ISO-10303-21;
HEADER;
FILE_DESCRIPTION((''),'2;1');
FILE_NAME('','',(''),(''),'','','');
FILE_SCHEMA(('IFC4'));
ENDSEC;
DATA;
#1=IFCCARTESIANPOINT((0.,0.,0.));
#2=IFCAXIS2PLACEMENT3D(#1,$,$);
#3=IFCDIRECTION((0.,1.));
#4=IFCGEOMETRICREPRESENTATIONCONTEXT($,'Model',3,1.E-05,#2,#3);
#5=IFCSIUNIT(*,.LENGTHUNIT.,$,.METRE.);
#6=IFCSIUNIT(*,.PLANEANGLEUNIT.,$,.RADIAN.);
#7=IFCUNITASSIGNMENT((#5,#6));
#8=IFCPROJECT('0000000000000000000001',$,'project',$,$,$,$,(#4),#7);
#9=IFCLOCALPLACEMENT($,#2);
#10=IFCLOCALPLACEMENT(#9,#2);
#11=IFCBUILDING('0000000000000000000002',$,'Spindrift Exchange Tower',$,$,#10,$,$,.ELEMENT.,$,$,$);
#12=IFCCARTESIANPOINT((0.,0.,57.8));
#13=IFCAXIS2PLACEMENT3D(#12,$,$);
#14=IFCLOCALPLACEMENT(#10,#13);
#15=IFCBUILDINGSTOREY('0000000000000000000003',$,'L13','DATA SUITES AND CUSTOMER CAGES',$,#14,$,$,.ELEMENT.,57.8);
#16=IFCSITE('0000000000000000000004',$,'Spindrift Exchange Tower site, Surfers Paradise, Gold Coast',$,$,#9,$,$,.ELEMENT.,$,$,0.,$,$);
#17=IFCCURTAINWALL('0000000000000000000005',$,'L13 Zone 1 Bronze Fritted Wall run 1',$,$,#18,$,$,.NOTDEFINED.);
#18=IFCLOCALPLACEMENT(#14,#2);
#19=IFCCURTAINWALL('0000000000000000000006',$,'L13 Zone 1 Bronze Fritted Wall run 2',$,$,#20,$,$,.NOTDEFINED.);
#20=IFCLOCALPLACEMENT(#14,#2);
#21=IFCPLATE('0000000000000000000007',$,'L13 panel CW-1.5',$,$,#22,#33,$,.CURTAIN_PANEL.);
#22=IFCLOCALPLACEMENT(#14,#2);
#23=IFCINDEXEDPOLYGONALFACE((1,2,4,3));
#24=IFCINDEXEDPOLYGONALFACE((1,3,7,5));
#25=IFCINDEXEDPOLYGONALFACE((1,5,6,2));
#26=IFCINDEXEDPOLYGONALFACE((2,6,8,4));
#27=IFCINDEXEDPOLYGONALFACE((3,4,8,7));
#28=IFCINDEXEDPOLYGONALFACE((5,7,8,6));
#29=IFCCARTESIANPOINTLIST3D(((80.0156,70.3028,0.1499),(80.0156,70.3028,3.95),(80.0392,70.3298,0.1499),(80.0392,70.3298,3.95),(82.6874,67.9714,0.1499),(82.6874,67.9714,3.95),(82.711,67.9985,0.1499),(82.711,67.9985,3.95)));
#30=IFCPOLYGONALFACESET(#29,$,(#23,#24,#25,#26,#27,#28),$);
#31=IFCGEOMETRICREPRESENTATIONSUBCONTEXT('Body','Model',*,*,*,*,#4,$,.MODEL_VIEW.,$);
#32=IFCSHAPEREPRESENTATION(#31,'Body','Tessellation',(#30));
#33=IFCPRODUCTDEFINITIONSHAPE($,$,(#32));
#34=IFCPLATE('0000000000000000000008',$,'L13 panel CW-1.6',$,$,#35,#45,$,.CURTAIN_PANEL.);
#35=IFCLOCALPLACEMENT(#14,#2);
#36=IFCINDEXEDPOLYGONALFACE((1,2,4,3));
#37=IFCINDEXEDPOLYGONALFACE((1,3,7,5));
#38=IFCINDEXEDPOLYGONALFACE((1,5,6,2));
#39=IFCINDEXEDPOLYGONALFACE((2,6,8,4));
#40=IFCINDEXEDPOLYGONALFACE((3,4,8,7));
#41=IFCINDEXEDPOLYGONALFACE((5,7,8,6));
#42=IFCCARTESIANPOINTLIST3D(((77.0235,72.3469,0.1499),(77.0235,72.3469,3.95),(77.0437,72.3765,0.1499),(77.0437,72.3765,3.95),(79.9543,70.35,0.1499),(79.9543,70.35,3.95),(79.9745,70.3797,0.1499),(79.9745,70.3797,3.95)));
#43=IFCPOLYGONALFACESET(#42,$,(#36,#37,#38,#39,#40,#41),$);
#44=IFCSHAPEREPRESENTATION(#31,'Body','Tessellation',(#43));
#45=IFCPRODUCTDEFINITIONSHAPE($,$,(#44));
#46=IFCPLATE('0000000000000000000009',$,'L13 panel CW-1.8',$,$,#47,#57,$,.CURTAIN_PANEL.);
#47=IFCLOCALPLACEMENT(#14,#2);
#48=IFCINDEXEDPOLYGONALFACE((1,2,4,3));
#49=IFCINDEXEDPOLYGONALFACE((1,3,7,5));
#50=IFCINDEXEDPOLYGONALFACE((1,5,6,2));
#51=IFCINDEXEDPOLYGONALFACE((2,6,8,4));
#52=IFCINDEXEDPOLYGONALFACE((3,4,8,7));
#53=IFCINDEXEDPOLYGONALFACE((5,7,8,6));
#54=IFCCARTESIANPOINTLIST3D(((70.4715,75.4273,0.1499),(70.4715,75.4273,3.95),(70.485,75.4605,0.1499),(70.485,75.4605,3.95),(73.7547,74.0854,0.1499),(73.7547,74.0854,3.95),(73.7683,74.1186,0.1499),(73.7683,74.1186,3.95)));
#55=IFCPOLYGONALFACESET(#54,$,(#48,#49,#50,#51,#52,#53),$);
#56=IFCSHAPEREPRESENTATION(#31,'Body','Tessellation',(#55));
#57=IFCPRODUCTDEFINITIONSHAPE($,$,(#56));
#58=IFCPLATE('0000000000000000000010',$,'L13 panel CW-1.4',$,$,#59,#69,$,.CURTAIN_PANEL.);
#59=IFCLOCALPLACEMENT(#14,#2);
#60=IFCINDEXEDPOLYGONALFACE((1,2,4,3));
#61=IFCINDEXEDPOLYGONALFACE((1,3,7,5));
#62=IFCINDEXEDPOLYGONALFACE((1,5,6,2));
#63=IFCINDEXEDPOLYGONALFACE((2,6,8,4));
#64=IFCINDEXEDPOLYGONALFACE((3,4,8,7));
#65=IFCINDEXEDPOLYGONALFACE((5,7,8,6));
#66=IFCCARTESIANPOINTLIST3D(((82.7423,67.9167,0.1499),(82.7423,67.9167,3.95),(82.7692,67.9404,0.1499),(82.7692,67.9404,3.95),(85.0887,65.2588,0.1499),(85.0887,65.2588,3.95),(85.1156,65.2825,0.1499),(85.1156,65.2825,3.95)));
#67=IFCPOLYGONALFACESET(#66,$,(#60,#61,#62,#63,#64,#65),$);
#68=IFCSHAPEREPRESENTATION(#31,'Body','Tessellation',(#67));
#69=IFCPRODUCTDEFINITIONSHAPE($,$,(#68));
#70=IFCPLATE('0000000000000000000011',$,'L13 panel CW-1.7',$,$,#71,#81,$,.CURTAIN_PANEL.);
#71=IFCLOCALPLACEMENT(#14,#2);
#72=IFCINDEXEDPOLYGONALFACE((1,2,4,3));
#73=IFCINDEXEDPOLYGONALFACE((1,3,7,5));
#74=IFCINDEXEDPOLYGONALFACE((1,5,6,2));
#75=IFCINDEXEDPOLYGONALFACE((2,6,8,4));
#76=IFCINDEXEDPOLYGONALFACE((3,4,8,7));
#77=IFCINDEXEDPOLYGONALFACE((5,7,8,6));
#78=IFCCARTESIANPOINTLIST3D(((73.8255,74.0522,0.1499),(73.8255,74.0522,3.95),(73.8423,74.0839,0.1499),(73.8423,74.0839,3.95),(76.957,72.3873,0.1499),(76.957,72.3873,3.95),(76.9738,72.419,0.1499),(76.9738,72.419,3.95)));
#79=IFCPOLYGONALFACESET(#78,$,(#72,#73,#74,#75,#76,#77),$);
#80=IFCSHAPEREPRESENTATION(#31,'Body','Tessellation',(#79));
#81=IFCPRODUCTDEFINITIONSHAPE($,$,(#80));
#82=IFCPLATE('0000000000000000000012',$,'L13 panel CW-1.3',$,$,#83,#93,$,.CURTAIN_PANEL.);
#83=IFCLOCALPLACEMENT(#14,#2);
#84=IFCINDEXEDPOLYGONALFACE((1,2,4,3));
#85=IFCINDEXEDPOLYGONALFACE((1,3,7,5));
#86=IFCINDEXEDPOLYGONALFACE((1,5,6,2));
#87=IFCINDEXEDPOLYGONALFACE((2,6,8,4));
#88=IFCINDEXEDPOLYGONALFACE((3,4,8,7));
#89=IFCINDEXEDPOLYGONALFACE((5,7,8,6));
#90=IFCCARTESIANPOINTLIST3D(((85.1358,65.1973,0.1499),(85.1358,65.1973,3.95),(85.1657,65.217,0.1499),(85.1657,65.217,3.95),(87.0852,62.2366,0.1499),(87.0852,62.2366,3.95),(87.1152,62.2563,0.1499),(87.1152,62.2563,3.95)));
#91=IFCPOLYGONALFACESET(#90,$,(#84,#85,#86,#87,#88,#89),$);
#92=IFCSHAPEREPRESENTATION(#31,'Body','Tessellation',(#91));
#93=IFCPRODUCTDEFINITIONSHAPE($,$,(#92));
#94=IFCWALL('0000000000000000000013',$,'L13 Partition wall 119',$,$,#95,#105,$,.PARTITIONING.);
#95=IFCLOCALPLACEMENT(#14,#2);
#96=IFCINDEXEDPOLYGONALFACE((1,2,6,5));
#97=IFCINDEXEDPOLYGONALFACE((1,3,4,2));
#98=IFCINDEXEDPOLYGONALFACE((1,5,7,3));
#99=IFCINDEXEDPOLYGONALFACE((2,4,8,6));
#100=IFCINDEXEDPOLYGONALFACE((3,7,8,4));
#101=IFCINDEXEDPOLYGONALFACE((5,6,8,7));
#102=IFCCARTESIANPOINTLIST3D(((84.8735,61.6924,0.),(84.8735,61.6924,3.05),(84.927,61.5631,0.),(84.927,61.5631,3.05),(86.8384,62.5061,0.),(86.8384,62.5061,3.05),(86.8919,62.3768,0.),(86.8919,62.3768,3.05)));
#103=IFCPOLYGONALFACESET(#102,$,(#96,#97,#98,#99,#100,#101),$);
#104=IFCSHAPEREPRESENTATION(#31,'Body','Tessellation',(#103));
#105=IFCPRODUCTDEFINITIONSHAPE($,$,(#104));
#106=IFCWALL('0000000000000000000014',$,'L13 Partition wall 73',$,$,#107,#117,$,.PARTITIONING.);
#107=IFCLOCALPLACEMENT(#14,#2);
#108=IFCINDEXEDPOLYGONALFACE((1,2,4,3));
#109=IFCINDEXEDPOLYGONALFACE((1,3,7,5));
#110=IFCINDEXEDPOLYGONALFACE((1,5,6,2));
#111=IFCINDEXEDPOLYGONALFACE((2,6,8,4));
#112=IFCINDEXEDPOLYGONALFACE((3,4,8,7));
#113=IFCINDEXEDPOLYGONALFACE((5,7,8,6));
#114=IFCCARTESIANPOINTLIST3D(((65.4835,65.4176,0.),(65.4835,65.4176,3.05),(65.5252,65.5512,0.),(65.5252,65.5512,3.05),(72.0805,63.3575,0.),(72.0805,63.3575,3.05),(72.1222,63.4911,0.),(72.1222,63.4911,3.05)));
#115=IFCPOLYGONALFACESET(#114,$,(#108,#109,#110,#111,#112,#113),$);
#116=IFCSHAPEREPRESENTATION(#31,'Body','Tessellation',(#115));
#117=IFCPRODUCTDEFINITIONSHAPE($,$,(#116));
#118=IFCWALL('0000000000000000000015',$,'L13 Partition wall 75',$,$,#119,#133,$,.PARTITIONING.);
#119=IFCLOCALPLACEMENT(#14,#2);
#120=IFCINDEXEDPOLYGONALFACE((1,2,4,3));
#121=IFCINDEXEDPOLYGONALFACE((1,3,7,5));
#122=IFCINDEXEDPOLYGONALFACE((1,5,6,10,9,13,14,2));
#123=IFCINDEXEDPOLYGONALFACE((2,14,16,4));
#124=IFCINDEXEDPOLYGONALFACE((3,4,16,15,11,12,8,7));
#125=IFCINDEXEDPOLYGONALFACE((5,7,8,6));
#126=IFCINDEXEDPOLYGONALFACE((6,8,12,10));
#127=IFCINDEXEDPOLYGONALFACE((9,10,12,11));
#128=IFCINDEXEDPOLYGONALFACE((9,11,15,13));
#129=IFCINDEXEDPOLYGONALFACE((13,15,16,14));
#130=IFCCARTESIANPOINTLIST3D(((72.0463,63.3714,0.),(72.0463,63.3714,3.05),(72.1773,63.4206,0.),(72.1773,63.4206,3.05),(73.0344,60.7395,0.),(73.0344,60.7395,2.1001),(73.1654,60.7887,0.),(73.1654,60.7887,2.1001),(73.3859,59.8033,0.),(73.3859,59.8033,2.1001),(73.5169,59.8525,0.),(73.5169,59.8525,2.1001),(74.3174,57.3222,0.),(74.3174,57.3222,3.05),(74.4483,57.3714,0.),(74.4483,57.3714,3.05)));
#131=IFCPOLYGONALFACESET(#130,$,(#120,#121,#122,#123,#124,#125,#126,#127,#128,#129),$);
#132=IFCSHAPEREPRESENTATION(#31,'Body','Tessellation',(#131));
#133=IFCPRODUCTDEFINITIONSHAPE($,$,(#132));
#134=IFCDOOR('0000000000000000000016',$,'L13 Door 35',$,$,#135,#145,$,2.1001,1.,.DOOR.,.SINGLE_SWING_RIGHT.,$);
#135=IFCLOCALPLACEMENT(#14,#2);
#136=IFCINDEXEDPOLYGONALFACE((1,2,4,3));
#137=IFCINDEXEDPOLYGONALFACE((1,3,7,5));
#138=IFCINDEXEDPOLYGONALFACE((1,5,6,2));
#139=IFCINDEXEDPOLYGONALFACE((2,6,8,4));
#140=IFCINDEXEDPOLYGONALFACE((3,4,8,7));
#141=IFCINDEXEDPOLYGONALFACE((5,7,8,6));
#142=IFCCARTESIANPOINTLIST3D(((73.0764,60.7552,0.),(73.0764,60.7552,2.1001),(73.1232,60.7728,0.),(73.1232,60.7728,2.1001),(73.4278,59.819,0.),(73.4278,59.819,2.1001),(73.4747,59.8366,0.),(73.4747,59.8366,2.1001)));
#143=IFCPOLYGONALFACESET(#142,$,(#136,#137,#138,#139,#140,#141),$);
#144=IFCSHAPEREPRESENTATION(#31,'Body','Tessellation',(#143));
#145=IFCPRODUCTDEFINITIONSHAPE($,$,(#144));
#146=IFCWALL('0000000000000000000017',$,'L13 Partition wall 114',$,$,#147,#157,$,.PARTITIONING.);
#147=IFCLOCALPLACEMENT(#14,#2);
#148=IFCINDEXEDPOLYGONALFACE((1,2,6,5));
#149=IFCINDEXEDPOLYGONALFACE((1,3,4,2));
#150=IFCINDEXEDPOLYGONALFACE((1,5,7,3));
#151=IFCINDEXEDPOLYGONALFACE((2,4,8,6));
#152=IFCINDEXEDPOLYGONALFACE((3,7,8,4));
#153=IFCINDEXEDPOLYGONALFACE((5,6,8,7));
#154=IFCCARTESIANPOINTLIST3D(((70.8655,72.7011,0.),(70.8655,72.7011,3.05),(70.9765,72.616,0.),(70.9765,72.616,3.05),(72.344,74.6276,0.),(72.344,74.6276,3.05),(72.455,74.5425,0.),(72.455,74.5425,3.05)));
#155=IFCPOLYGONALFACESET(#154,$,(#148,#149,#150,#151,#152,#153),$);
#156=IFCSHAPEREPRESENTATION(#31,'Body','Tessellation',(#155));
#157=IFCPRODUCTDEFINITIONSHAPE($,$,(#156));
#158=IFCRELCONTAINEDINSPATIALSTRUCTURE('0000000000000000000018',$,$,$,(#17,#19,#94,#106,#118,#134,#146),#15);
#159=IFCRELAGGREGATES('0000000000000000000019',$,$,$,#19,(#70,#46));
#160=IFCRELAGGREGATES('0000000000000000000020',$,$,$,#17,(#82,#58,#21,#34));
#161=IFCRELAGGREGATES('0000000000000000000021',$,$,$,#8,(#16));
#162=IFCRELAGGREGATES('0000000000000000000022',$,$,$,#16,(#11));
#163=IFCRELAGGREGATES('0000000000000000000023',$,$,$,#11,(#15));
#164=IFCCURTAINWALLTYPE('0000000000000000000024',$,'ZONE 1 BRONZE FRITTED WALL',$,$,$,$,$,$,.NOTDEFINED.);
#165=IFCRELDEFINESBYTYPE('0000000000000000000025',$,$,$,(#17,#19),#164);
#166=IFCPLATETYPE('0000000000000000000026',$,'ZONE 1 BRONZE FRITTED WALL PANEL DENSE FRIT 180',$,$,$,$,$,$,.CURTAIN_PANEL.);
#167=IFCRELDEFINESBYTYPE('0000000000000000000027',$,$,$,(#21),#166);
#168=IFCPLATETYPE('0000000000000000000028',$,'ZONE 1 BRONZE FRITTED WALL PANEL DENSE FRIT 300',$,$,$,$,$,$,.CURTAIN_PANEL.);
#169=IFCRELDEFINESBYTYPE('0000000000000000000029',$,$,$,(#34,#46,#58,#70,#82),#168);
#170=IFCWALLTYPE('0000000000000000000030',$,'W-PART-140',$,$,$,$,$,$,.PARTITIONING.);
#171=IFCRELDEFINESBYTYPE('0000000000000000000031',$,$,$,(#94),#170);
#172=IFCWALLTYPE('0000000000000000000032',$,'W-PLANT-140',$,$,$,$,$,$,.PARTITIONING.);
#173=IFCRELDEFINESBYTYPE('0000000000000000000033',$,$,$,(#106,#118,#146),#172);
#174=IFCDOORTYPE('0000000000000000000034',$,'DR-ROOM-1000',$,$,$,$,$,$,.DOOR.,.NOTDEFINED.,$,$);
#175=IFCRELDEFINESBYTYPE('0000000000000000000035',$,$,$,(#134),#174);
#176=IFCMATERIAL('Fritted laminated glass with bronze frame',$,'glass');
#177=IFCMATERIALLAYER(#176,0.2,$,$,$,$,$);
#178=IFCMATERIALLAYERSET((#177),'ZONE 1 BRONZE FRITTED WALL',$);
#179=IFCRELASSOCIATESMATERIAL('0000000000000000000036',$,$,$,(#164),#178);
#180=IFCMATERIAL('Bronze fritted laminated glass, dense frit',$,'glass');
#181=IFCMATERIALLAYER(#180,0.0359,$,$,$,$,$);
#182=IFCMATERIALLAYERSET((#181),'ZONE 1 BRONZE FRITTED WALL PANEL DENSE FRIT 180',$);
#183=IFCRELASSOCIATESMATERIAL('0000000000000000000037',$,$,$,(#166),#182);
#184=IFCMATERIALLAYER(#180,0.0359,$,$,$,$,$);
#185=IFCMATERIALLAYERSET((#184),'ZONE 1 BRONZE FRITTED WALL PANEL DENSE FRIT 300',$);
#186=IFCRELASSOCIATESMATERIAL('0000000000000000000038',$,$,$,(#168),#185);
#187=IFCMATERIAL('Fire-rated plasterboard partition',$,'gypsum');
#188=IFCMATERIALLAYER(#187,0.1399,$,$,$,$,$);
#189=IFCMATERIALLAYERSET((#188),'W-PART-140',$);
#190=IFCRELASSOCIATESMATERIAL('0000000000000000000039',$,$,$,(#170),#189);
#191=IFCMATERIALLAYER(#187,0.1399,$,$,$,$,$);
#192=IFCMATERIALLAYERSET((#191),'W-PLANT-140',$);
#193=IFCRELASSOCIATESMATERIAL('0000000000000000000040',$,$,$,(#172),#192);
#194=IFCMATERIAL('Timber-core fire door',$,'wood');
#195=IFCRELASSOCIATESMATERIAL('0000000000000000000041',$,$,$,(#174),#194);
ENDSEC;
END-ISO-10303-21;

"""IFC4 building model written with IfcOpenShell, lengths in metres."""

from ifc_helpers import new_model, si_unit, direction, frame, frame_2d, origin, origin_2d, place, context, subcontext, project, spatial, rectangle, extrude, source, transform, mapped, material, layer, layer_set, type_object, element, fill, aggregate, save


model = new_model("IFC4")

# Units and contexts
model_context = context("Model", 3, precision=1e-05, world=origin(), true_north=direction((0.0, 1.0)))
body_context = subcontext(model_context, "Body", "Model", "MODEL_VIEW")
ifc_project = project(units=[si_unit("LENGTHUNIT", "METRE"), si_unit("PLANEANGLEUNIT", "RADIAN")], contexts=[model_context])

# Site, building, storey
site_placement = place(None, origin())
site = spatial("IfcSite", under=ifc_project, at=site_placement, Name="Spindrift Exchange Tower site, Surfers Paradise, Gold Coast", CompositionType="ELEMENT", RefElevation=0.0)
building_placement = place(site_placement, origin())
building = spatial("IfcBuilding", under=site, at=building_placement, Name="Spindrift Exchange Tower", CompositionType="ELEMENT")
storey_placement = place(building_placement, frame((0.0, 0.0, 57.8)))
storey = spatial("IfcBuildingStorey", under=building, at=storey_placement, Name="L13", Description="DATA SUITES AND CUSTOMER CAGES", CompositionType="ELEMENT", Elevation=57.8)

# Curtain walls
ifc_material_1 = material(Name="Fritted laminated glass with bronze frame", Category="glass")
ifc_layer_1 = layer(ifc_material_1, 0.2)
ifc_layer_set_1 = layer_set([ifc_layer_1], Name="ZONE 1 BRONZE FRITTED WALL")
curtain_wall_type = type_object("IfcCurtainWallType", Name="ZONE 1 BRONZE FRITTED WALL", PredefinedType="NOTDEFINED", material=ifc_layer_set_1)
curtain_wall_1_placement = place(storey_placement, origin())
curtain_wall_1 = element("IfcCurtainWall", 1, at=curtain_wall_1_placement, inside=storey, type_object=curtain_wall_type, Name="L13 Zone 1 Bronze Fritted Wall run 1", PredefinedType="NOTDEFINED")
curtain_wall_2_placement = place(storey_placement, origin())
curtain_wall_2 = element("IfcCurtainWall", 2, at=curtain_wall_2_placement, inside=storey, type_object=curtain_wall_type, Name="L13 Zone 1 Bronze Fritted Wall run 2", PredefinedType="NOTDEFINED")

# Plates
ifc_material_2 = material(Name="Bronze fritted laminated glass, dense frit", Category="glass")
ifc_layer_2 = layer(ifc_material_2, 0.0359)
ifc_layer_set_2 = layer_set([ifc_layer_2], Name="ZONE 1 BRONZE FRITTED WALL PANEL DENSE FRIT 180")
plate_type_1 = type_object("IfcPlateType", Name="ZONE 1 BRONZE FRITTED WALL PANEL DENSE FRIT 180", PredefinedType="CURTAIN_PANEL", material=ifc_layer_set_2)
shared_shape_1 = source(origin(), body_context, "Body", "SweptSolid", [
    extrude(rectangle(XDim=3.5459, YDim=0.0359, at=origin_2d()), origin(), (0.0, 0.0, 1.0), 3.8),
])
plate_1_placement = place(storey_placement, frame((81.3633, 69.1506, 0.1499), z_axis=(0.0, 0.0, 1.0), x_axis=(-0.753478, 0.657473, 0.0)))
plate_1 = element("IfcPlate", 3, at=plate_1_placement, type_object=plate_type_1, Name="L13 panel CW-1.5", PredefinedType="CURTAIN_PANEL", context=body_context, shape_type="MappedRepresentation", body=[
    mapped(shared_shape_1, transform((0.0, 0.0, 0.0), scale=1.0)),
])
ifc_layer_3 = layer(ifc_material_2, 0.0359)
ifc_layer_set_3 = layer_set([ifc_layer_3], Name="ZONE 1 BRONZE FRITTED WALL PANEL DENSE FRIT 300")
plate_type_2 = type_object("IfcPlateType", Name="ZONE 1 BRONZE FRITTED WALL PANEL DENSE FRIT 300", PredefinedType="CURTAIN_PANEL", material=ifc_layer_set_3)
shared_shape_2 = source(origin(), body_context, "Body", "SweptSolid", [
    extrude(rectangle(XDim=3.5464, YDim=0.0359, at=origin_2d()), origin(), (0.0, 0.0, 1.0), 3.8),
])
plate_2_placement = place(storey_placement, frame((78.499, 71.3633, 0.1499), z_axis=(0.0, 0.0, 1.0), x_axis=(-0.826416, 0.56306, 0.0)))
plate_2 = element("IfcPlate", 4, at=plate_2_placement, type_object=plate_type_2, Name="L13 panel CW-1.6", PredefinedType="CURTAIN_PANEL", context=body_context, shape_type="MappedRepresentation", body=[
    mapped(shared_shape_2, transform((0.0, 0.0, 0.0), scale=1.0)),
])
shared_shape_3 = source(origin(), body_context, "Body", "SweptSolid", [
    extrude(rectangle(XDim=3.5469, YDim=0.0359, at=origin_2d()), origin(), (0.0, 0.0, 1.0), 3.8),
])
plate_3_placement = place(storey_placement, frame((72.1199, 74.7729, 0.1499), z_axis=(0.0, 0.0, 1.0), x_axis=(-0.925677, 0.378316, 0.0)))
plate_3 = element("IfcPlate", 5, at=plate_3_placement, type_object=plate_type_2, Name="L13 panel CW-1.8", PredefinedType="CURTAIN_PANEL", context=body_context, shape_type="MappedRepresentation", body=[
    mapped(shared_shape_3, transform((0.0, 0.0, 0.0), scale=1.0)),
])
shared_shape_4 = source(origin(), body_context, "Body", "SweptSolid", [
    extrude(rectangle(XDim=3.5454, YDim=0.0359, at=origin_2d()), origin(), (0.0, 0.0, 1.0), 3.8),
])
plate_4_placement = place(storey_placement, frame((83.929, 66.5996, 0.1499), z_axis=(0.0, 0.0, 1.0), x_axis=(-0.6618, 0.74968, 0.0)))
plate_4 = element("IfcPlate", 6, at=plate_4_placement, type_object=plate_type_2, Name="L13 panel CW-1.4", PredefinedType="CURTAIN_PANEL", context=body_context, shape_type="MappedRepresentation", body=[
    mapped(shared_shape_4, transform((0.0, 0.0, 0.0), scale=1.0)),
])
shared_shape_5 = source(origin(), body_context, "Body", "SweptSolid", [
    extrude(rectangle(XDim=3.5466, YDim=0.0359, at=origin_2d()), origin(), (0.0, 0.0, 1.0), 3.8),
])
plate_5_placement = place(storey_placement, frame((75.3997, 73.2356, 0.1499), z_axis=(0.0, 0.0, 1.0), x_axis=(-0.882957, 0.469453, 0.0)))
plate_5 = element("IfcPlate", 7, at=plate_5_placement, type_object=plate_type_2, Name="L13 panel CW-1.7", PredefinedType="CURTAIN_PANEL", context=body_context, shape_type="MappedRepresentation", body=[
    mapped(shared_shape_5, transform((0.0, 0.0, 0.0), scale=1.0)),
])
aggregate(curtain_wall_2, [plate_5, plate_3])
shared_shape_6 = source(origin(), body_context, "Body", "SweptSolid", [
    extrude(rectangle(XDim=3.5449, YDim=0.0359, at=origin_2d()), origin(), (0.0, 0.0, 1.0), 3.8),
])
plate_6_placement = place(storey_placement, frame((86.1255, 63.7268, 0.1499), z_axis=(0.0, 0.0, 1.0), x_axis=(-0.549936, 0.835207, 0.0)))
plate_6 = element("IfcPlate", 8, at=plate_6_placement, type_object=plate_type_2, Name="L13 panel CW-1.3", PredefinedType="CURTAIN_PANEL", context=body_context, shape_type="MappedRepresentation", body=[
    mapped(shared_shape_6, transform((0.0, 0.0, 0.0), scale=1.0)),
])
aggregate(curtain_wall_1, [plate_6, plate_4, plate_1, plate_2])

# Walls
ifc_material_3 = material(Name="Fire-rated plasterboard partition", Category="gypsum")
ifc_layer_4 = layer(ifc_material_3, 0.1399)
ifc_layer_set_4 = layer_set([ifc_layer_4], Name="W-PART-140")
wall_type_1 = type_object("IfcWallType", Name="W-PART-140", PredefinedType="PARTITIONING", material=ifc_layer_set_4)
wall_1_placement = place(storey_placement, frame((84.9001, 61.6277, 0.0), z_axis=(0.0, 0.0, 1.0), x_axis=(0.923904, 0.382626, 0.0)))
element("IfcWall", 9, at=wall_1_placement, inside=storey, type_object=wall_type_1, Name="L13 Partition wall 119", PredefinedType="PARTITIONING", context=body_context, shape_type="SweptSolid", body=[
    extrude(rectangle(XDim=2.1267, YDim=0.1399, at=frame_2d((1.0635, 0.0))), origin(), (0.0, 0.0, 1.0), 3.05),
])
ifc_layer_5 = layer(ifc_material_3, 0.1399)
ifc_layer_set_5 = layer_set([ifc_layer_5], Name="W-PLANT-140")
wall_type_2 = type_object("IfcWallType", Name="W-PLANT-140", PredefinedType="PARTITIONING", material=ifc_layer_set_5)
wall_2_placement = place(storey_placement, frame((72.1013, 63.4243, 0.0), z_axis=(0.0, 0.0, 1.0), x_axis=(-0.954541, 0.29808, 0.0)))
element("IfcWall", 10, at=wall_2_placement, inside=storey, type_object=wall_type_2, Name="L13 Partition wall 73", PredefinedType="PARTITIONING", context=body_context, shape_type="SweptSolid", body=[
    extrude(rectangle(XDim=6.9111, YDim=0.1399, at=frame_2d((3.4556, 0.0))), origin(), (0.0, 0.0, 1.0), 3.05),
])

# Wall, opening, door
wall_3_placement = place(storey_placement, frame((72.1118, 63.396, 0.0), z_axis=(0.0, 0.0, 1.0), x_axis=(0.351475, -0.936197, 0.0)))
wall_3 = element("IfcWall", 11, at=wall_3_placement, inside=storey, type_object=wall_type_2, Name="L13 Partition wall 75", PredefinedType="PARTITIONING", context=body_context, shape_type="SweptSolid", body=[
    extrude(rectangle(XDim=6.4614, YDim=0.1399, at=frame_2d((3.2307, 0.0))), origin(), (0.0, 0.0, 1.0), 3.05),
])
opening_placement = place(wall_3_placement, frame((2.8113, 0.0, 0.0)))
opening = element("IfcOpeningElement", 12, at=opening_placement, cuts=wall_3, PredefinedType="OPENING", context=body_context, shape_type="SweptSolid", body=[
    extrude(rectangle(XDim=1.0, YDim=2.1001, at=frame_2d((0.5, 1.05))), frame((0.0, 0.0798, 0.0), z_axis=(0.0, -1.0, 0.0), x_axis=(1.0, 0.0, 0.0)), (0.0, 0.0, 1.0), 0.1599),
])
ifc_material_4 = material(Name="Timber-core fire door", Category="wood")
door_type = type_object("IfcDoorType", Name="DR-ROOM-1000", OperationType="NOTDEFINED", PredefinedType="DOOR", material=ifc_material_4)
shared_shape_7 = source(origin(), body_context, "Body", "SweptSolid", [
    extrude(rectangle(XDim=1.0, YDim=2.1001, at=frame_2d((0.5, 1.05))), frame((0.0, 0.0249, 0.0), z_axis=(0.0, -1.0, 0.0), x_axis=(1.0, 0.0, 0.0)), (0.0, 0.0, 1.0), 0.05),
])
door_placement = place(opening_placement, origin())
door = element("IfcDoor", 13, at=door_placement, inside=storey, type_object=door_type, Name="L13 Door 35", OperationType="SINGLE_SWING_RIGHT", OverallHeight=2.1001, OverallWidth=1.0, PredefinedType="DOOR", context=body_context, shape_type="MappedRepresentation", body=[
    mapped(shared_shape_7, transform((0.0, 0.0, 0.0), scale=1.0)),
])
fill(opening, door)

# Wall
wall_4_placement = place(storey_placement, frame((70.9209, 72.6584, 0.0), z_axis=(0.0, 0.0, 1.0), x_axis=(0.608826, 0.793304, 0.0)))
element("IfcWall", 14, at=wall_4_placement, inside=storey, type_object=wall_type_2, Name="L13 Partition wall 114", PredefinedType="PARTITIONING", context=body_context, shape_type="SweptSolid", body=[
    extrude(rectangle(XDim=2.4285, YDim=0.1399, at=frame_2d((1.2144, 0.0))), origin(), (0.0, 0.0, 1.0), 3.05),
])

save(model, "model.ifc")
